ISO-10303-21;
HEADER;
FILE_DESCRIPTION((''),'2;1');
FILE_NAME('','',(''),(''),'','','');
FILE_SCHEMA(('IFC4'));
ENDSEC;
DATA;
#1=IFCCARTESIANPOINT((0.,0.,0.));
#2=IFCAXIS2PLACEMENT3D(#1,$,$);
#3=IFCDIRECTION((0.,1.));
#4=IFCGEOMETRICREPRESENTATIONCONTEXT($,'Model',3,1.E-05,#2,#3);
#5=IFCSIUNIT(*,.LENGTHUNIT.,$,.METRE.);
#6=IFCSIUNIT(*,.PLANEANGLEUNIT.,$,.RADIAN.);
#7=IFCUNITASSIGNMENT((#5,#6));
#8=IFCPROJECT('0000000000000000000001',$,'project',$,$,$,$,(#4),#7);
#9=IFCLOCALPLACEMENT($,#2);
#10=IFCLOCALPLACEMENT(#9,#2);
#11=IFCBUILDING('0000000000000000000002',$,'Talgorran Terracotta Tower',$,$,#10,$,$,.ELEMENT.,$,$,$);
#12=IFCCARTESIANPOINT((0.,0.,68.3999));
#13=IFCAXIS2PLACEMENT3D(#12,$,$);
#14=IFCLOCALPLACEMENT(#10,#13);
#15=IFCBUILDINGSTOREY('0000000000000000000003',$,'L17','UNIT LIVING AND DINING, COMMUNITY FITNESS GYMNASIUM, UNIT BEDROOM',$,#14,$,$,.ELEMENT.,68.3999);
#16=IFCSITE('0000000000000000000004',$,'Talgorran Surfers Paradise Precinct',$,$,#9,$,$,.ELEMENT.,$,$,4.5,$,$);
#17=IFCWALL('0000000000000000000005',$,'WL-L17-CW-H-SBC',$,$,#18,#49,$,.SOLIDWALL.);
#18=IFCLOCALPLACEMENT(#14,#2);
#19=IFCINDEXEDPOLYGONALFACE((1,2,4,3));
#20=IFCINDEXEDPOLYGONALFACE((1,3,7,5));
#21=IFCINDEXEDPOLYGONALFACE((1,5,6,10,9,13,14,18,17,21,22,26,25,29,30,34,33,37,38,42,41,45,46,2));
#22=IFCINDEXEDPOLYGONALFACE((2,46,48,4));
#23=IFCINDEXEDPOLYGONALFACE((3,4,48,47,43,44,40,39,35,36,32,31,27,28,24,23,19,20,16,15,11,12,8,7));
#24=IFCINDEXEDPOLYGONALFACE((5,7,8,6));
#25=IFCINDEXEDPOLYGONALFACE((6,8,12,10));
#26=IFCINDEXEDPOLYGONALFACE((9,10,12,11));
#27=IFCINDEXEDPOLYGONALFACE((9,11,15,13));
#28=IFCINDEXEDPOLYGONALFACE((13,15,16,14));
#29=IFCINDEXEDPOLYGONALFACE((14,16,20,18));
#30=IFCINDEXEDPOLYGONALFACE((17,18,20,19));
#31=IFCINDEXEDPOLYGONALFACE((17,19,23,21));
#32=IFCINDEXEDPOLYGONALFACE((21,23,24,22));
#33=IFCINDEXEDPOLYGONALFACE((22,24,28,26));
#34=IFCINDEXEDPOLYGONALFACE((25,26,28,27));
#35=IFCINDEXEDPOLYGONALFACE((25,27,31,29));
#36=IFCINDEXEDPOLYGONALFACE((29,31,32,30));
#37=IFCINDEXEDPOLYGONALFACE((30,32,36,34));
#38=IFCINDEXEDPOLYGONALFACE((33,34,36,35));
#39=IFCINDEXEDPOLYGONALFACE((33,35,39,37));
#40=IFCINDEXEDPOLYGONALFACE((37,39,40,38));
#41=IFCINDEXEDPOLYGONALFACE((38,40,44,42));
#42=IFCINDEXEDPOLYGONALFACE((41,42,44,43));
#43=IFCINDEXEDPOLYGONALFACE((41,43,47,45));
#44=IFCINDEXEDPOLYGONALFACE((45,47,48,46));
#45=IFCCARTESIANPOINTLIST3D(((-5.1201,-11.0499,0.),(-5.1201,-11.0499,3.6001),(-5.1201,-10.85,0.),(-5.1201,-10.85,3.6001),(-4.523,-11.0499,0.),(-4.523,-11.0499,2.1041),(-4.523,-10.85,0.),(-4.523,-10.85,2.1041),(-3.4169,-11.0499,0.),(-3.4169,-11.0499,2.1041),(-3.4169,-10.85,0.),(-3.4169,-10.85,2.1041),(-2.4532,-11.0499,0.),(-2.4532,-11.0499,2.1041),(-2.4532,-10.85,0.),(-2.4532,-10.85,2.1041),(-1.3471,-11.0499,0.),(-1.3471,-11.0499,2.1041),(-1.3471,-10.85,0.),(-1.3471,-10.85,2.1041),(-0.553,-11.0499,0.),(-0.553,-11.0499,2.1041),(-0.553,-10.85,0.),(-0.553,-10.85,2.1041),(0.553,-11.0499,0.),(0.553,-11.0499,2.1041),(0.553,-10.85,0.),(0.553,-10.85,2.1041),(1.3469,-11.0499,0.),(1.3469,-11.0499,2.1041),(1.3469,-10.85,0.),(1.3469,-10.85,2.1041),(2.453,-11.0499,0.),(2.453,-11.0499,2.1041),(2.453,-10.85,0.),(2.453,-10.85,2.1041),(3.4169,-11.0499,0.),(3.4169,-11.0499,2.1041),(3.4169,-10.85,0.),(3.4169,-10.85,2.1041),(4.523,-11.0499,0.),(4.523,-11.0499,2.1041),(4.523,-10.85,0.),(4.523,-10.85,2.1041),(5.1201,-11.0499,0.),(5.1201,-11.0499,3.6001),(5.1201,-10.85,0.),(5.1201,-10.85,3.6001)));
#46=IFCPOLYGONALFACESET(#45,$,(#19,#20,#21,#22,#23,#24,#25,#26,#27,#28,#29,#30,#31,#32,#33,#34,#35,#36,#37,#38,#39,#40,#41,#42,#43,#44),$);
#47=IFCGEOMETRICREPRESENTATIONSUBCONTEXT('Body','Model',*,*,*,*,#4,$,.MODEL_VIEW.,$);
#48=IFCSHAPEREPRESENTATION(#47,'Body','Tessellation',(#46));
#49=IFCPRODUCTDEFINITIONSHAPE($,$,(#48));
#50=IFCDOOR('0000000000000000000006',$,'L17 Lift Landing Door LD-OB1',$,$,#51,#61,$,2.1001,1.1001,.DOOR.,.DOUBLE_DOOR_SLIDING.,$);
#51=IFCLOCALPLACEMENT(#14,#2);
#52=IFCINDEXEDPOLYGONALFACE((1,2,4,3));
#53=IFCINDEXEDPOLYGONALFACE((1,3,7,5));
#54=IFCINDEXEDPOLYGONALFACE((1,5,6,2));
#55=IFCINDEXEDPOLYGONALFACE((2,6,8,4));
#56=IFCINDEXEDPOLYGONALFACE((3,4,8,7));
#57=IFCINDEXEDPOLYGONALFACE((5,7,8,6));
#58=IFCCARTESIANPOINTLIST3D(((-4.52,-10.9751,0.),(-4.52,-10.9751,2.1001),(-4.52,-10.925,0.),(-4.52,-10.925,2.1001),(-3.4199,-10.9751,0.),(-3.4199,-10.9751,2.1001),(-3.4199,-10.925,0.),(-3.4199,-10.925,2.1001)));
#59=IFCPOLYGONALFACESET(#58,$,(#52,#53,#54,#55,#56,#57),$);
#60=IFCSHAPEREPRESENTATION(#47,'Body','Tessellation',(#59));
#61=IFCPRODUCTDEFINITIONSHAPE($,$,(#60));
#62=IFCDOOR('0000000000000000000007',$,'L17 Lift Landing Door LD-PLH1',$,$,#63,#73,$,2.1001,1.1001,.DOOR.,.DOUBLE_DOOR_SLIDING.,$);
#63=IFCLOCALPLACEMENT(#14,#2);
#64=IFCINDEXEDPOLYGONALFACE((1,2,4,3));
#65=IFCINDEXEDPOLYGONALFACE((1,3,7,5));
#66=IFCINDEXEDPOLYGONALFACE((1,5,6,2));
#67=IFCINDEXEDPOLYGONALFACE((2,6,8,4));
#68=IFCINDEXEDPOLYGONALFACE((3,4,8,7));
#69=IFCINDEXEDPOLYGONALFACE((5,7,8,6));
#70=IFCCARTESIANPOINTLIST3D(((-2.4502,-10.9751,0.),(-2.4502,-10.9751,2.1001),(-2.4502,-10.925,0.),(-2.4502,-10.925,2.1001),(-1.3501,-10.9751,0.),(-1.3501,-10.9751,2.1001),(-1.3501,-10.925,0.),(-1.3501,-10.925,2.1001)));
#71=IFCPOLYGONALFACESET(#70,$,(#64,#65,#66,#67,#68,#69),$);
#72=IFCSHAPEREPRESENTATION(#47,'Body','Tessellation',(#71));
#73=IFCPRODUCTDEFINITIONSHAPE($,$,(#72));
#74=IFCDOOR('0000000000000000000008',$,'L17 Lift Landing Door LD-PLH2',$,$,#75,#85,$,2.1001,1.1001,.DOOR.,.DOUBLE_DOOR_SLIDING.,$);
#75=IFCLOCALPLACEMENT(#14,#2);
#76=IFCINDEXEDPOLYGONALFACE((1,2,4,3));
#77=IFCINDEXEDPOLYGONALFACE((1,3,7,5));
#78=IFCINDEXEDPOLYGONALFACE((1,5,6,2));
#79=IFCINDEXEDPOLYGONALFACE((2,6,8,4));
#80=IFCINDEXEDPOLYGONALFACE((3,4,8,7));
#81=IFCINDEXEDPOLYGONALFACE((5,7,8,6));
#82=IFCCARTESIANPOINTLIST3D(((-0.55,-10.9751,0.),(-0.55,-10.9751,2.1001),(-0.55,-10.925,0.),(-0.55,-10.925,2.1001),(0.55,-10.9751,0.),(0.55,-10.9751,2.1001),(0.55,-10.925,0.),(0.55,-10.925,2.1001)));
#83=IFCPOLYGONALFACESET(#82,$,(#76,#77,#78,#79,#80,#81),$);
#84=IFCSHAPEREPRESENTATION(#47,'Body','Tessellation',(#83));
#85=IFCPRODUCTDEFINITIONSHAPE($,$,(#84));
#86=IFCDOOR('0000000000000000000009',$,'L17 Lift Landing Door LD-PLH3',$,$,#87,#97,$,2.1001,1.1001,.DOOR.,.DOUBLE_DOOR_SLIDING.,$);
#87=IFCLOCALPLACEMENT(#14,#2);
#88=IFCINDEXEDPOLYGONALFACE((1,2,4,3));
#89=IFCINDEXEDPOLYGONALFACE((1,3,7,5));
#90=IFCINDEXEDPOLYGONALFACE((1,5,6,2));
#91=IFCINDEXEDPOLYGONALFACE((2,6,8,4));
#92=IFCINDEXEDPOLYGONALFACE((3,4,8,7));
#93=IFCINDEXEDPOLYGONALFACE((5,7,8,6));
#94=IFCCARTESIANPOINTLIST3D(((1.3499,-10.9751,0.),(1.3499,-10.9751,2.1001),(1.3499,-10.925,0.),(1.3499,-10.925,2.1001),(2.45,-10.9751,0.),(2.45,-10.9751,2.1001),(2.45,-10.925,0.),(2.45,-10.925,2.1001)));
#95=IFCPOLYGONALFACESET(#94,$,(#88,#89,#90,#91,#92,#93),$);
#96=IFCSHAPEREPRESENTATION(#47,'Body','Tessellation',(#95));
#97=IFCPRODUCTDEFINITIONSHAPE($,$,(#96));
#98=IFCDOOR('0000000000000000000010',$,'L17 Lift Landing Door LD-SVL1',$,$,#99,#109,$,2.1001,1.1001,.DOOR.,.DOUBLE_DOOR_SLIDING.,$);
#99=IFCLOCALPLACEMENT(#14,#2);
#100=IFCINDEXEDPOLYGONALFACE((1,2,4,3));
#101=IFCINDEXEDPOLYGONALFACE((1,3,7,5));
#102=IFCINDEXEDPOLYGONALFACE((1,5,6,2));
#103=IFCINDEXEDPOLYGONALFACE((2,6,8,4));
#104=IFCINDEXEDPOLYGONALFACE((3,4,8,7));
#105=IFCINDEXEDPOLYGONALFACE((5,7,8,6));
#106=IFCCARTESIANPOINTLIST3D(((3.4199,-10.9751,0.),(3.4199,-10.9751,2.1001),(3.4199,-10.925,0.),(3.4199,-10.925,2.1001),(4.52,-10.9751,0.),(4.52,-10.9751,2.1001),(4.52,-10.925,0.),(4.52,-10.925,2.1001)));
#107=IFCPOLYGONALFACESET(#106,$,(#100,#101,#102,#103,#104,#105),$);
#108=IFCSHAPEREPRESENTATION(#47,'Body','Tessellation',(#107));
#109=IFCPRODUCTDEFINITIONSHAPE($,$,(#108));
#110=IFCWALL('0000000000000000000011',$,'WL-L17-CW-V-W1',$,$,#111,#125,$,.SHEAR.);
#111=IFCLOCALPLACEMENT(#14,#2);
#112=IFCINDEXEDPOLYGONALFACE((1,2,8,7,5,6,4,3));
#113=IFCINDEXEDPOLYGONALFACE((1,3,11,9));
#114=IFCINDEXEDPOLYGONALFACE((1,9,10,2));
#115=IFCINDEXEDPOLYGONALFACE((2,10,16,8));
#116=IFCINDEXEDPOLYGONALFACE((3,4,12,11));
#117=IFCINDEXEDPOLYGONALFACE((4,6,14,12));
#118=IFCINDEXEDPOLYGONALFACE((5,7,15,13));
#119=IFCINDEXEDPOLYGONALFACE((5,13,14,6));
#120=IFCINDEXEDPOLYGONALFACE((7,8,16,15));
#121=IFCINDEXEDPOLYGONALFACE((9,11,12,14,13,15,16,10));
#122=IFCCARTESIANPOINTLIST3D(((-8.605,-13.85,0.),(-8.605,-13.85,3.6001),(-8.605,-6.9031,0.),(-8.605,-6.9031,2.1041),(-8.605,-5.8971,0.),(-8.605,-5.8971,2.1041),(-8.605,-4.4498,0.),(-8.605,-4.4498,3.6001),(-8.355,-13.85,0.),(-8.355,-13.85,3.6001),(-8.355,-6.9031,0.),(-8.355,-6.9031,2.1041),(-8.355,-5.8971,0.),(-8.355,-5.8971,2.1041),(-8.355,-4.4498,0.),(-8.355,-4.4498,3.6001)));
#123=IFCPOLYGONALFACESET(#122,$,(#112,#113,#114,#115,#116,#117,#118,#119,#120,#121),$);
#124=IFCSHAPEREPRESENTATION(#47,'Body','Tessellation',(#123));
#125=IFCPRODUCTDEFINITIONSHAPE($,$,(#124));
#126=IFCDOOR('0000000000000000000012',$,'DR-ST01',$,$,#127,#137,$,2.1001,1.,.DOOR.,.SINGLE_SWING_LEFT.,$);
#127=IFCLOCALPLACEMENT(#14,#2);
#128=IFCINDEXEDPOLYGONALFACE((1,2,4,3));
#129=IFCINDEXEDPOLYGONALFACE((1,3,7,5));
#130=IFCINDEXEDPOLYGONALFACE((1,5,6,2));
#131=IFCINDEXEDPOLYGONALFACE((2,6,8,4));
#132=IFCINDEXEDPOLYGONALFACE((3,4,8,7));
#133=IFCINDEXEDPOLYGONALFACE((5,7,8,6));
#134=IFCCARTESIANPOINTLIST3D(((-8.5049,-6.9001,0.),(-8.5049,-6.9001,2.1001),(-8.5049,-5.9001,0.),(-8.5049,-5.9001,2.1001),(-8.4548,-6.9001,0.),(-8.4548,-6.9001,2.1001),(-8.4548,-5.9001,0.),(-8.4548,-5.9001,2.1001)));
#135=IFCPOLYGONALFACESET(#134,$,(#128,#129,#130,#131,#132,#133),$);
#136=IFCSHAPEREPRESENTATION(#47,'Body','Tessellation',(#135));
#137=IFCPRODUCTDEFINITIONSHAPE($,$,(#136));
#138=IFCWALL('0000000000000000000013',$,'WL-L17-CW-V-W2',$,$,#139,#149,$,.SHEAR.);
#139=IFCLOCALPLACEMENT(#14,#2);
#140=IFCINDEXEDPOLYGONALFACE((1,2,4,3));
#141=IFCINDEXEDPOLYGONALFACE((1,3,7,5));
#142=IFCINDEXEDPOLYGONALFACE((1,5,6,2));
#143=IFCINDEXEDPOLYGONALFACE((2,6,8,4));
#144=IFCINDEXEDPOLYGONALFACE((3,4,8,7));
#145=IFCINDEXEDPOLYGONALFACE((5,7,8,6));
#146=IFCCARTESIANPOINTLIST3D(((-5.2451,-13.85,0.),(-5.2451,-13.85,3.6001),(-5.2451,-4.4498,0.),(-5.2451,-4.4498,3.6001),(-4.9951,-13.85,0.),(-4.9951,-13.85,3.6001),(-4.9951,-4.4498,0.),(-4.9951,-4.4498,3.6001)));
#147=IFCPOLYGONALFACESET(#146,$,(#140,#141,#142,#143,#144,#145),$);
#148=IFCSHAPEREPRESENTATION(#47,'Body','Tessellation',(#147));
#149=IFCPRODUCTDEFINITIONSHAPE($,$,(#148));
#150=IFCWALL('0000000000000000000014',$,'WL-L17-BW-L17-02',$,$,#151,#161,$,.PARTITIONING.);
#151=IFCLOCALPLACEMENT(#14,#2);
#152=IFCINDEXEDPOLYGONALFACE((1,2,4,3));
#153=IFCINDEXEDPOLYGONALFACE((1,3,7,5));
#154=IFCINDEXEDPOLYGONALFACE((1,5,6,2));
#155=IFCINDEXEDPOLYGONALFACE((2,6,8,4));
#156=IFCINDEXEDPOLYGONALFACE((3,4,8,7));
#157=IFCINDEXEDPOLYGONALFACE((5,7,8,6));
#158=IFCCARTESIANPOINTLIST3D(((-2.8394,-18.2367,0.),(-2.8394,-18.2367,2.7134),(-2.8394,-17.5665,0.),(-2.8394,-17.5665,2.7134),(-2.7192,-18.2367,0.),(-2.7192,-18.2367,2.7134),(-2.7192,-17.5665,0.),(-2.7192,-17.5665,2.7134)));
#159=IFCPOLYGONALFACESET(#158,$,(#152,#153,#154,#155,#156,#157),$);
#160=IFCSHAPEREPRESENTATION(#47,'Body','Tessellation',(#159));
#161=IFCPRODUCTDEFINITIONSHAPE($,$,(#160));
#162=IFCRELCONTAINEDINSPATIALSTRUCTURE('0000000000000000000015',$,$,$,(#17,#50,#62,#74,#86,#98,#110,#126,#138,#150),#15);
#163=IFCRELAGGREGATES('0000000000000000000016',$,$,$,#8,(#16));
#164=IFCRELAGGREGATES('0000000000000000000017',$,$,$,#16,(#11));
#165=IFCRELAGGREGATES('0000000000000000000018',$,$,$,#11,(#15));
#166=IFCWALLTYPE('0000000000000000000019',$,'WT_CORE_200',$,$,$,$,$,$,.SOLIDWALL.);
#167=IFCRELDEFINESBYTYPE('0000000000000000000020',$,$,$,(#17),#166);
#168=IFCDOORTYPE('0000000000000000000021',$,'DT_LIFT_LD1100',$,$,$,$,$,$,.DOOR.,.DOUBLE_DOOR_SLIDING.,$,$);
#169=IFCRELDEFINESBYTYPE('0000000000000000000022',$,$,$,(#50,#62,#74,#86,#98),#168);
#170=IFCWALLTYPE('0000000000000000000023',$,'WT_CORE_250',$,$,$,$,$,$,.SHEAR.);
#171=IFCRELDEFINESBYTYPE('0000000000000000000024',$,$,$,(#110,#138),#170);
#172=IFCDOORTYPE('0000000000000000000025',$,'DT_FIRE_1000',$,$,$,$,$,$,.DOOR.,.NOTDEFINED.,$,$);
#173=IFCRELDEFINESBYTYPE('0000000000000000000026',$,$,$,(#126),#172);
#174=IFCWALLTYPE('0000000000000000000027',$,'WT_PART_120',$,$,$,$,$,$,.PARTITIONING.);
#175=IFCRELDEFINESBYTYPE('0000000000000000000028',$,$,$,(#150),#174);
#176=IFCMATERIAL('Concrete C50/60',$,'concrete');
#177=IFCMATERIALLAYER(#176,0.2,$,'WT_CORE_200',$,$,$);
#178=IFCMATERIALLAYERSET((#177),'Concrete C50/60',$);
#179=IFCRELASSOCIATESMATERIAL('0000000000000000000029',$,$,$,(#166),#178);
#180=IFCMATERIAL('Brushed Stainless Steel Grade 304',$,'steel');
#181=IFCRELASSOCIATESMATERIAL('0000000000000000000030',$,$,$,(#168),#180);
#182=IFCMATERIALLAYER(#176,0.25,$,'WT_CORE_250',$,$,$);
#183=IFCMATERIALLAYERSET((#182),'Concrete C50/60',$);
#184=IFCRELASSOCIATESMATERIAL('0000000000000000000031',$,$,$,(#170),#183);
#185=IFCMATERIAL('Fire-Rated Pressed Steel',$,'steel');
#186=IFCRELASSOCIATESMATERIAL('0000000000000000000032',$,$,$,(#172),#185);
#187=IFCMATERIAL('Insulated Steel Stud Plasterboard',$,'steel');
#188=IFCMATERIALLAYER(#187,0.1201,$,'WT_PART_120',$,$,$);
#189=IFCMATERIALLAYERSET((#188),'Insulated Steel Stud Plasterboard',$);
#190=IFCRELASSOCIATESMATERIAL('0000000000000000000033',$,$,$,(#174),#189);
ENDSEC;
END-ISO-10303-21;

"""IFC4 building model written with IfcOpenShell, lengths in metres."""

from ifc_helpers import new_model, si_unit, direction, frame, frame_2d, origin, place, context, subcontext, project, spatial, rectangle, extrude, material, layer, layer_set, type_object, element, fill, save


model = new_model("IFC4")

# Units and contexts
model_context = context("Model", 3, precision=1e-05, world=origin(), true_north=direction((0.0, 1.0)))
body_context = subcontext(model_context, "Body", "Model", "MODEL_VIEW")
ifc_project = project(units=[si_unit("LENGTHUNIT", "METRE"), si_unit("PLANEANGLEUNIT", "RADIAN")], contexts=[model_context])

# Site, building, storey
site_placement = place(None, origin())
site = spatial("IfcSite", under=ifc_project, at=site_placement, Name="Talgorran Surfers Paradise Precinct", CompositionType="ELEMENT", RefElevation=4.5)
building_placement = place(site_placement, origin())
building = spatial("IfcBuilding", under=site, at=building_placement, Name="Talgorran Terracotta Tower", CompositionType="ELEMENT")
storey_placement = place(building_placement, frame((0.0, 0.0, 68.3999)))
storey = spatial("IfcBuildingStorey", under=building, at=storey_placement, Name="L17", Description="UNIT LIVING AND DINING, COMMUNITY FITNESS GYMNASIUM, UNIT BEDROOM", CompositionType="ELEMENT", Elevation=68.3999)

# Wall, openings, doors
ifc_material_1 = material(Name="Concrete C50/60", Category="concrete")
ifc_layer_1 = layer(ifc_material_1, 0.2, Name="WT_CORE_200")
ifc_layer_set_1 = layer_set([ifc_layer_1], Name="Concrete C50/60")
wall_type_1 = type_object("IfcWallType", Name="WT_CORE_200", PredefinedType="SOLIDWALL", material=ifc_layer_set_1)
ifc_material_2 = material(Name="Brushed Stainless Steel Grade 304", Category="steel")
door_type_1 = type_object("IfcDoorType", Name="DT_LIFT_LD1100", OperationType="DOUBLE_DOOR_SLIDING", PredefinedType="DOOR", material=ifc_material_2)
ifc_material_3 = material(Name="Fire-Rated Pressed Steel", Category="steel")
wall_1_placement = place(storey_placement, frame((-5.1201, -10.95, 0.0), z_axis=(0.0, 0.0, 1.0), x_axis=(1.0, 0.0, 0.0)))
wall_1 = element("IfcWall", 1, at=wall_1_placement, inside=storey, type_object=wall_type_1, Name="WL-L17-CW-H-SBC", PredefinedType="SOLIDWALL", context=body_context, shape_type="SweptSolid", body=[
    extrude(rectangle(XDim=10.2402, YDim=0.2, at=frame_2d((5.1201, 0.0))), origin(), (0.0, 0.0, 1.0), 3.6001),
])
opening_1_placement = place(wall_1_placement, frame((0.6001, 0.0, 0.0)))
opening_1 = element("IfcOpeningElement", 2, at=opening_1_placement, cuts=wall_1, PredefinedType="OPENING", context=body_context, shape_type="SweptSolid", body=[
    extrude(rectangle(XDim=1.1061, YDim=2.1041, at=frame_2d((0.55, 1.052))), frame((0.0, 0.1099, 0.0), z_axis=(0.0, -1.0, 0.0), x_axis=(1.0, 0.0, 0.0)), (0.0, 0.0, 1.0), 0.22),
])
opening_2_placement = place(wall_1_placement, frame((2.6699, 0.0, 0.0)))
opening_2 = element("IfcOpeningElement", 3, at=opening_2_placement, cuts=wall_1, PredefinedType="OPENING", context=body_context, shape_type="SweptSolid", body=[
    extrude(rectangle(XDim=1.1061, YDim=2.1041, at=frame_2d((0.55, 1.052))), frame((0.0, 0.1099, 0.0), z_axis=(0.0, -1.0, 0.0), x_axis=(1.0, 0.0, 0.0)), (0.0, 0.0, 1.0), 0.22),
])
opening_3_placement = place(wall_1_placement, frame((4.5701, 0.0, 0.0)))
opening_3 = element("IfcOpeningElement", 4, at=opening_3_placement, cuts=wall_1, PredefinedType="OPENING", context=body_context, shape_type="SweptSolid", body=[
    extrude(rectangle(XDim=1.1061, YDim=2.1041, at=frame_2d((0.55, 1.052))), frame((0.0, 0.1099, 0.0), z_axis=(0.0, -1.0, 0.0), x_axis=(1.0, 0.0, 0.0)), (0.0, 0.0, 1.0), 0.22),
])
opening_4_placement = place(wall_1_placement, frame((6.47, 0.0, 0.0)))
opening_4 = element("IfcOpeningElement", 5, at=opening_4_placement, cuts=wall_1, PredefinedType="OPENING", context=body_context, shape_type="SweptSolid", body=[
    extrude(rectangle(XDim=1.1061, YDim=2.1041, at=frame_2d((0.55, 1.052))), frame((0.0, 0.1099, 0.0), z_axis=(0.0, -1.0, 0.0), x_axis=(1.0, 0.0, 0.0)), (0.0, 0.0, 1.0), 0.22),
])
opening_5_placement = place(wall_1_placement, frame((8.54, 0.0, 0.0)))
opening_5 = element("IfcOpeningElement", 6, at=opening_5_placement, cuts=wall_1, PredefinedType="OPENING", context=body_context, shape_type="SweptSolid", body=[
    extrude(rectangle(XDim=1.1061, YDim=2.1041, at=frame_2d((0.55, 1.052))), frame((0.0, 0.1099, 0.0), z_axis=(0.0, -1.0, 0.0), x_axis=(1.0, 0.0, 0.0)), (0.0, 0.0, 1.0), 0.22),
])
door_1_placement = place(opening_1_placement, origin())
door_1 = element("IfcDoor", 7, at=door_1_placement, inside=storey, type_object=door_type_1, Name="L17 Lift Landing Door LD-OB1", OperationType="DOUBLE_DOOR_SLIDING", OverallHeight=2.1001, OverallWidth=1.1001, PredefinedType="DOOR", context=body_context, shape_type="SweptSolid", body=[
    extrude(rectangle(XDim=1.1001, YDim=2.1001, at=frame_2d((0.55, 1.05))), frame((0.0, 0.0249, 0.0), z_axis=(0.0, -1.0, 0.0), x_axis=(1.0, 0.0, 0.0)), (0.0, 0.0, 1.0), 0.05),
])
fill(opening_1, door_1)
door_2_placement = place(opening_2_placement, origin())
door_2 = element("IfcDoor", 8, at=door_2_placement, inside=storey, type_object=door_type_1, Name="L17 Lift Landing Door LD-PLH1", OperationType="DOUBLE_DOOR_SLIDING", OverallHeight=2.1001, OverallWidth=1.1001, PredefinedType="DOOR", context=body_context, shape_type="SweptSolid", body=[
    extrude(rectangle(XDim=1.1001, YDim=2.1001, at=frame_2d((0.55, 1.05))), frame((0.0, 0.0249, 0.0), z_axis=(0.0, -1.0, 0.0), x_axis=(1.0, 0.0, 0.0)), (0.0, 0.0, 1.0), 0.05),
])
fill(opening_2, door_2)
door_3_placement = place(opening_3_placement, origin())
door_3 = element("IfcDoor", 9, at=door_3_placement, inside=storey, type_object=door_type_1, Name="L17 Lift Landing Door LD-PLH2", OperationType="DOUBLE_DOOR_SLIDING", OverallHeight=2.1001, OverallWidth=1.1001, PredefinedType="DOOR", context=body_context, shape_type="SweptSolid", body=[
    extrude(rectangle(XDim=1.1001, YDim=2.1001, at=frame_2d((0.55, 1.05))), frame((0.0, 0.0249, 0.0), z_axis=(0.0, -1.0, 0.0), x_axis=(1.0, 0.0, 0.0)), (0.0, 0.0, 1.0), 0.05),
])
fill(opening_3, door_3)
door_4_placement = place(opening_4_placement, origin())
door_4 = element("IfcDoor", 10, at=door_4_placement, inside=storey, type_object=door_type_1, Name="L17 Lift Landing Door LD-PLH3", OperationType="DOUBLE_DOOR_SLIDING", OverallHeight=2.1001, OverallWidth=1.1001, PredefinedType="DOOR", context=body_context, shape_type="SweptSolid", body=[
    extrude(rectangle(XDim=1.1001, YDim=2.1001, at=frame_2d((0.55, 1.05))), frame((0.0, 0.0249, 0.0), z_axis=(0.0, -1.0, 0.0), x_axis=(1.0, 0.0, 0.0)), (0.0, 0.0, 1.0), 0.05),
])
fill(opening_4, door_4)
door_5_placement = place(opening_5_placement, origin())
door_5 = element("IfcDoor", 11, at=door_5_placement, inside=storey, type_object=door_type_1, Name="L17 Lift Landing Door LD-SVL1", OperationType="DOUBLE_DOOR_SLIDING", OverallHeight=2.1001, OverallWidth=1.1001, PredefinedType="DOOR", context=body_context, shape_type="SweptSolid", body=[
    extrude(rectangle(XDim=1.1001, YDim=2.1001, at=frame_2d((0.55, 1.05))), frame((0.0, 0.0249, 0.0), z_axis=(0.0, -1.0, 0.0), x_axis=(1.0, 0.0, 0.0)), (0.0, 0.0, 1.0), 0.05),
])
fill(opening_5, door_5)

# Wall, opening, door
ifc_layer_2 = layer(ifc_material_1, 0.25, Name="WT_CORE_250")
ifc_layer_set_2 = layer_set([ifc_layer_2], Name="Concrete C50/60")
wall_type_2 = type_object("IfcWallType", Name="WT_CORE_250", PredefinedType="SHEAR", material=ifc_layer_set_2)
wall_2_placement = place(storey_placement, frame((-8.48, -13.8501, 0.0), z_axis=(0.0, 0.0, 1.0), x_axis=(0.0, 1.0, 0.0)))
wall_2 = element("IfcWall", 12, at=wall_2_placement, inside=storey, type_object=wall_type_2, Name="WL-L17-CW-V-W1", PredefinedType="SHEAR", context=body_context, shape_type="SweptSolid", body=[
    extrude(rectangle(XDim=9.4001, YDim=0.25, at=frame_2d((4.7002, 0.0))), origin(), (0.0, 0.0, 1.0), 3.6001),
])
opening_6_placement = place(wall_2_placement, frame((6.95, 0.0, 0.0)))
opening_6 = element("IfcOpeningElement", 13, at=opening_6_placement, cuts=wall_2, PredefinedType="OPENING", context=body_context, shape_type="SweptSolid", body=[
    extrude(rectangle(XDim=1.006, YDim=2.1041, at=frame_2d((0.5, 1.052))), frame((0.0, 0.135, 0.0), z_axis=(0.0, -1.0, 0.0), x_axis=(1.0, 0.0, 0.0)), (0.0, 0.0, 1.0), 0.27),
])
door_type_2 = type_object("IfcDoorType", Name="DT_FIRE_1000", OperationType="NOTDEFINED", PredefinedType="DOOR", material=ifc_material_3)
door_6_placement = place(opening_6_placement, origin())
door_6 = element("IfcDoor", 14, at=door_6_placement, inside=storey, type_object=door_type_2, Name="DR-ST01", OperationType="SINGLE_SWING_LEFT", OverallHeight=2.1001, OverallWidth=1.0, PredefinedType="DOOR", context=body_context, shape_type="SweptSolid", body=[
    extrude(rectangle(XDim=1.0, YDim=2.1001, at=frame_2d((0.5, 1.05))), frame((0.0, 0.0249, 0.0), z_axis=(0.0, -1.0, 0.0), x_axis=(1.0, 0.0, 0.0)), (0.0, 0.0, 1.0), 0.05),
])
fill(opening_6, door_6)

# Walls
wall_3_placement = place(storey_placement, frame((-5.1201, -13.8501, 0.0), z_axis=(0.0, 0.0, 1.0), x_axis=(0.0, 1.0, 0.0)))
element("IfcWall", 15, at=wall_3_placement, inside=storey, type_object=wall_type_2, Name="WL-L17-CW-V-W2", PredefinedType="SHEAR", context=body_context, shape_type="SweptSolid", body=[
    extrude(rectangle(XDim=9.4001, YDim=0.25, at=frame_2d((4.7002, 0.0))), origin(), (0.0, 0.0, 1.0), 3.6001),
])
ifc_material_4 = material(Name="Insulated Steel Stud Plasterboard", Category="steel")
ifc_layer_3 = layer(ifc_material_4, 0.1201, Name="WT_PART_120")
ifc_layer_set_3 = layer_set([ifc_layer_3], Name="Insulated Steel Stud Plasterboard")
wall_type_3 = type_object("IfcWallType", Name="WT_PART_120", PredefinedType="PARTITIONING", material=ifc_layer_set_3)
wall_4_placement = place(storey_placement, frame((-2.7793, -17.5667, 0.0), z_axis=(0.0, 0.0, 1.0), x_axis=(0.0, -1.0, 0.0)))
element("IfcWall", 16, at=wall_4_placement, inside=storey, type_object=wall_type_3, Name="WL-L17-BW-L17-02", PredefinedType="PARTITIONING", context=body_context, shape_type="SweptSolid", body=[
    extrude(rectangle(XDim=0.6702, YDim=0.1201, at=frame_2d((0.335, 0.0))), origin(), (0.0, 0.0, 1.0), 2.7134),
])

save(model, "model.ifc")
